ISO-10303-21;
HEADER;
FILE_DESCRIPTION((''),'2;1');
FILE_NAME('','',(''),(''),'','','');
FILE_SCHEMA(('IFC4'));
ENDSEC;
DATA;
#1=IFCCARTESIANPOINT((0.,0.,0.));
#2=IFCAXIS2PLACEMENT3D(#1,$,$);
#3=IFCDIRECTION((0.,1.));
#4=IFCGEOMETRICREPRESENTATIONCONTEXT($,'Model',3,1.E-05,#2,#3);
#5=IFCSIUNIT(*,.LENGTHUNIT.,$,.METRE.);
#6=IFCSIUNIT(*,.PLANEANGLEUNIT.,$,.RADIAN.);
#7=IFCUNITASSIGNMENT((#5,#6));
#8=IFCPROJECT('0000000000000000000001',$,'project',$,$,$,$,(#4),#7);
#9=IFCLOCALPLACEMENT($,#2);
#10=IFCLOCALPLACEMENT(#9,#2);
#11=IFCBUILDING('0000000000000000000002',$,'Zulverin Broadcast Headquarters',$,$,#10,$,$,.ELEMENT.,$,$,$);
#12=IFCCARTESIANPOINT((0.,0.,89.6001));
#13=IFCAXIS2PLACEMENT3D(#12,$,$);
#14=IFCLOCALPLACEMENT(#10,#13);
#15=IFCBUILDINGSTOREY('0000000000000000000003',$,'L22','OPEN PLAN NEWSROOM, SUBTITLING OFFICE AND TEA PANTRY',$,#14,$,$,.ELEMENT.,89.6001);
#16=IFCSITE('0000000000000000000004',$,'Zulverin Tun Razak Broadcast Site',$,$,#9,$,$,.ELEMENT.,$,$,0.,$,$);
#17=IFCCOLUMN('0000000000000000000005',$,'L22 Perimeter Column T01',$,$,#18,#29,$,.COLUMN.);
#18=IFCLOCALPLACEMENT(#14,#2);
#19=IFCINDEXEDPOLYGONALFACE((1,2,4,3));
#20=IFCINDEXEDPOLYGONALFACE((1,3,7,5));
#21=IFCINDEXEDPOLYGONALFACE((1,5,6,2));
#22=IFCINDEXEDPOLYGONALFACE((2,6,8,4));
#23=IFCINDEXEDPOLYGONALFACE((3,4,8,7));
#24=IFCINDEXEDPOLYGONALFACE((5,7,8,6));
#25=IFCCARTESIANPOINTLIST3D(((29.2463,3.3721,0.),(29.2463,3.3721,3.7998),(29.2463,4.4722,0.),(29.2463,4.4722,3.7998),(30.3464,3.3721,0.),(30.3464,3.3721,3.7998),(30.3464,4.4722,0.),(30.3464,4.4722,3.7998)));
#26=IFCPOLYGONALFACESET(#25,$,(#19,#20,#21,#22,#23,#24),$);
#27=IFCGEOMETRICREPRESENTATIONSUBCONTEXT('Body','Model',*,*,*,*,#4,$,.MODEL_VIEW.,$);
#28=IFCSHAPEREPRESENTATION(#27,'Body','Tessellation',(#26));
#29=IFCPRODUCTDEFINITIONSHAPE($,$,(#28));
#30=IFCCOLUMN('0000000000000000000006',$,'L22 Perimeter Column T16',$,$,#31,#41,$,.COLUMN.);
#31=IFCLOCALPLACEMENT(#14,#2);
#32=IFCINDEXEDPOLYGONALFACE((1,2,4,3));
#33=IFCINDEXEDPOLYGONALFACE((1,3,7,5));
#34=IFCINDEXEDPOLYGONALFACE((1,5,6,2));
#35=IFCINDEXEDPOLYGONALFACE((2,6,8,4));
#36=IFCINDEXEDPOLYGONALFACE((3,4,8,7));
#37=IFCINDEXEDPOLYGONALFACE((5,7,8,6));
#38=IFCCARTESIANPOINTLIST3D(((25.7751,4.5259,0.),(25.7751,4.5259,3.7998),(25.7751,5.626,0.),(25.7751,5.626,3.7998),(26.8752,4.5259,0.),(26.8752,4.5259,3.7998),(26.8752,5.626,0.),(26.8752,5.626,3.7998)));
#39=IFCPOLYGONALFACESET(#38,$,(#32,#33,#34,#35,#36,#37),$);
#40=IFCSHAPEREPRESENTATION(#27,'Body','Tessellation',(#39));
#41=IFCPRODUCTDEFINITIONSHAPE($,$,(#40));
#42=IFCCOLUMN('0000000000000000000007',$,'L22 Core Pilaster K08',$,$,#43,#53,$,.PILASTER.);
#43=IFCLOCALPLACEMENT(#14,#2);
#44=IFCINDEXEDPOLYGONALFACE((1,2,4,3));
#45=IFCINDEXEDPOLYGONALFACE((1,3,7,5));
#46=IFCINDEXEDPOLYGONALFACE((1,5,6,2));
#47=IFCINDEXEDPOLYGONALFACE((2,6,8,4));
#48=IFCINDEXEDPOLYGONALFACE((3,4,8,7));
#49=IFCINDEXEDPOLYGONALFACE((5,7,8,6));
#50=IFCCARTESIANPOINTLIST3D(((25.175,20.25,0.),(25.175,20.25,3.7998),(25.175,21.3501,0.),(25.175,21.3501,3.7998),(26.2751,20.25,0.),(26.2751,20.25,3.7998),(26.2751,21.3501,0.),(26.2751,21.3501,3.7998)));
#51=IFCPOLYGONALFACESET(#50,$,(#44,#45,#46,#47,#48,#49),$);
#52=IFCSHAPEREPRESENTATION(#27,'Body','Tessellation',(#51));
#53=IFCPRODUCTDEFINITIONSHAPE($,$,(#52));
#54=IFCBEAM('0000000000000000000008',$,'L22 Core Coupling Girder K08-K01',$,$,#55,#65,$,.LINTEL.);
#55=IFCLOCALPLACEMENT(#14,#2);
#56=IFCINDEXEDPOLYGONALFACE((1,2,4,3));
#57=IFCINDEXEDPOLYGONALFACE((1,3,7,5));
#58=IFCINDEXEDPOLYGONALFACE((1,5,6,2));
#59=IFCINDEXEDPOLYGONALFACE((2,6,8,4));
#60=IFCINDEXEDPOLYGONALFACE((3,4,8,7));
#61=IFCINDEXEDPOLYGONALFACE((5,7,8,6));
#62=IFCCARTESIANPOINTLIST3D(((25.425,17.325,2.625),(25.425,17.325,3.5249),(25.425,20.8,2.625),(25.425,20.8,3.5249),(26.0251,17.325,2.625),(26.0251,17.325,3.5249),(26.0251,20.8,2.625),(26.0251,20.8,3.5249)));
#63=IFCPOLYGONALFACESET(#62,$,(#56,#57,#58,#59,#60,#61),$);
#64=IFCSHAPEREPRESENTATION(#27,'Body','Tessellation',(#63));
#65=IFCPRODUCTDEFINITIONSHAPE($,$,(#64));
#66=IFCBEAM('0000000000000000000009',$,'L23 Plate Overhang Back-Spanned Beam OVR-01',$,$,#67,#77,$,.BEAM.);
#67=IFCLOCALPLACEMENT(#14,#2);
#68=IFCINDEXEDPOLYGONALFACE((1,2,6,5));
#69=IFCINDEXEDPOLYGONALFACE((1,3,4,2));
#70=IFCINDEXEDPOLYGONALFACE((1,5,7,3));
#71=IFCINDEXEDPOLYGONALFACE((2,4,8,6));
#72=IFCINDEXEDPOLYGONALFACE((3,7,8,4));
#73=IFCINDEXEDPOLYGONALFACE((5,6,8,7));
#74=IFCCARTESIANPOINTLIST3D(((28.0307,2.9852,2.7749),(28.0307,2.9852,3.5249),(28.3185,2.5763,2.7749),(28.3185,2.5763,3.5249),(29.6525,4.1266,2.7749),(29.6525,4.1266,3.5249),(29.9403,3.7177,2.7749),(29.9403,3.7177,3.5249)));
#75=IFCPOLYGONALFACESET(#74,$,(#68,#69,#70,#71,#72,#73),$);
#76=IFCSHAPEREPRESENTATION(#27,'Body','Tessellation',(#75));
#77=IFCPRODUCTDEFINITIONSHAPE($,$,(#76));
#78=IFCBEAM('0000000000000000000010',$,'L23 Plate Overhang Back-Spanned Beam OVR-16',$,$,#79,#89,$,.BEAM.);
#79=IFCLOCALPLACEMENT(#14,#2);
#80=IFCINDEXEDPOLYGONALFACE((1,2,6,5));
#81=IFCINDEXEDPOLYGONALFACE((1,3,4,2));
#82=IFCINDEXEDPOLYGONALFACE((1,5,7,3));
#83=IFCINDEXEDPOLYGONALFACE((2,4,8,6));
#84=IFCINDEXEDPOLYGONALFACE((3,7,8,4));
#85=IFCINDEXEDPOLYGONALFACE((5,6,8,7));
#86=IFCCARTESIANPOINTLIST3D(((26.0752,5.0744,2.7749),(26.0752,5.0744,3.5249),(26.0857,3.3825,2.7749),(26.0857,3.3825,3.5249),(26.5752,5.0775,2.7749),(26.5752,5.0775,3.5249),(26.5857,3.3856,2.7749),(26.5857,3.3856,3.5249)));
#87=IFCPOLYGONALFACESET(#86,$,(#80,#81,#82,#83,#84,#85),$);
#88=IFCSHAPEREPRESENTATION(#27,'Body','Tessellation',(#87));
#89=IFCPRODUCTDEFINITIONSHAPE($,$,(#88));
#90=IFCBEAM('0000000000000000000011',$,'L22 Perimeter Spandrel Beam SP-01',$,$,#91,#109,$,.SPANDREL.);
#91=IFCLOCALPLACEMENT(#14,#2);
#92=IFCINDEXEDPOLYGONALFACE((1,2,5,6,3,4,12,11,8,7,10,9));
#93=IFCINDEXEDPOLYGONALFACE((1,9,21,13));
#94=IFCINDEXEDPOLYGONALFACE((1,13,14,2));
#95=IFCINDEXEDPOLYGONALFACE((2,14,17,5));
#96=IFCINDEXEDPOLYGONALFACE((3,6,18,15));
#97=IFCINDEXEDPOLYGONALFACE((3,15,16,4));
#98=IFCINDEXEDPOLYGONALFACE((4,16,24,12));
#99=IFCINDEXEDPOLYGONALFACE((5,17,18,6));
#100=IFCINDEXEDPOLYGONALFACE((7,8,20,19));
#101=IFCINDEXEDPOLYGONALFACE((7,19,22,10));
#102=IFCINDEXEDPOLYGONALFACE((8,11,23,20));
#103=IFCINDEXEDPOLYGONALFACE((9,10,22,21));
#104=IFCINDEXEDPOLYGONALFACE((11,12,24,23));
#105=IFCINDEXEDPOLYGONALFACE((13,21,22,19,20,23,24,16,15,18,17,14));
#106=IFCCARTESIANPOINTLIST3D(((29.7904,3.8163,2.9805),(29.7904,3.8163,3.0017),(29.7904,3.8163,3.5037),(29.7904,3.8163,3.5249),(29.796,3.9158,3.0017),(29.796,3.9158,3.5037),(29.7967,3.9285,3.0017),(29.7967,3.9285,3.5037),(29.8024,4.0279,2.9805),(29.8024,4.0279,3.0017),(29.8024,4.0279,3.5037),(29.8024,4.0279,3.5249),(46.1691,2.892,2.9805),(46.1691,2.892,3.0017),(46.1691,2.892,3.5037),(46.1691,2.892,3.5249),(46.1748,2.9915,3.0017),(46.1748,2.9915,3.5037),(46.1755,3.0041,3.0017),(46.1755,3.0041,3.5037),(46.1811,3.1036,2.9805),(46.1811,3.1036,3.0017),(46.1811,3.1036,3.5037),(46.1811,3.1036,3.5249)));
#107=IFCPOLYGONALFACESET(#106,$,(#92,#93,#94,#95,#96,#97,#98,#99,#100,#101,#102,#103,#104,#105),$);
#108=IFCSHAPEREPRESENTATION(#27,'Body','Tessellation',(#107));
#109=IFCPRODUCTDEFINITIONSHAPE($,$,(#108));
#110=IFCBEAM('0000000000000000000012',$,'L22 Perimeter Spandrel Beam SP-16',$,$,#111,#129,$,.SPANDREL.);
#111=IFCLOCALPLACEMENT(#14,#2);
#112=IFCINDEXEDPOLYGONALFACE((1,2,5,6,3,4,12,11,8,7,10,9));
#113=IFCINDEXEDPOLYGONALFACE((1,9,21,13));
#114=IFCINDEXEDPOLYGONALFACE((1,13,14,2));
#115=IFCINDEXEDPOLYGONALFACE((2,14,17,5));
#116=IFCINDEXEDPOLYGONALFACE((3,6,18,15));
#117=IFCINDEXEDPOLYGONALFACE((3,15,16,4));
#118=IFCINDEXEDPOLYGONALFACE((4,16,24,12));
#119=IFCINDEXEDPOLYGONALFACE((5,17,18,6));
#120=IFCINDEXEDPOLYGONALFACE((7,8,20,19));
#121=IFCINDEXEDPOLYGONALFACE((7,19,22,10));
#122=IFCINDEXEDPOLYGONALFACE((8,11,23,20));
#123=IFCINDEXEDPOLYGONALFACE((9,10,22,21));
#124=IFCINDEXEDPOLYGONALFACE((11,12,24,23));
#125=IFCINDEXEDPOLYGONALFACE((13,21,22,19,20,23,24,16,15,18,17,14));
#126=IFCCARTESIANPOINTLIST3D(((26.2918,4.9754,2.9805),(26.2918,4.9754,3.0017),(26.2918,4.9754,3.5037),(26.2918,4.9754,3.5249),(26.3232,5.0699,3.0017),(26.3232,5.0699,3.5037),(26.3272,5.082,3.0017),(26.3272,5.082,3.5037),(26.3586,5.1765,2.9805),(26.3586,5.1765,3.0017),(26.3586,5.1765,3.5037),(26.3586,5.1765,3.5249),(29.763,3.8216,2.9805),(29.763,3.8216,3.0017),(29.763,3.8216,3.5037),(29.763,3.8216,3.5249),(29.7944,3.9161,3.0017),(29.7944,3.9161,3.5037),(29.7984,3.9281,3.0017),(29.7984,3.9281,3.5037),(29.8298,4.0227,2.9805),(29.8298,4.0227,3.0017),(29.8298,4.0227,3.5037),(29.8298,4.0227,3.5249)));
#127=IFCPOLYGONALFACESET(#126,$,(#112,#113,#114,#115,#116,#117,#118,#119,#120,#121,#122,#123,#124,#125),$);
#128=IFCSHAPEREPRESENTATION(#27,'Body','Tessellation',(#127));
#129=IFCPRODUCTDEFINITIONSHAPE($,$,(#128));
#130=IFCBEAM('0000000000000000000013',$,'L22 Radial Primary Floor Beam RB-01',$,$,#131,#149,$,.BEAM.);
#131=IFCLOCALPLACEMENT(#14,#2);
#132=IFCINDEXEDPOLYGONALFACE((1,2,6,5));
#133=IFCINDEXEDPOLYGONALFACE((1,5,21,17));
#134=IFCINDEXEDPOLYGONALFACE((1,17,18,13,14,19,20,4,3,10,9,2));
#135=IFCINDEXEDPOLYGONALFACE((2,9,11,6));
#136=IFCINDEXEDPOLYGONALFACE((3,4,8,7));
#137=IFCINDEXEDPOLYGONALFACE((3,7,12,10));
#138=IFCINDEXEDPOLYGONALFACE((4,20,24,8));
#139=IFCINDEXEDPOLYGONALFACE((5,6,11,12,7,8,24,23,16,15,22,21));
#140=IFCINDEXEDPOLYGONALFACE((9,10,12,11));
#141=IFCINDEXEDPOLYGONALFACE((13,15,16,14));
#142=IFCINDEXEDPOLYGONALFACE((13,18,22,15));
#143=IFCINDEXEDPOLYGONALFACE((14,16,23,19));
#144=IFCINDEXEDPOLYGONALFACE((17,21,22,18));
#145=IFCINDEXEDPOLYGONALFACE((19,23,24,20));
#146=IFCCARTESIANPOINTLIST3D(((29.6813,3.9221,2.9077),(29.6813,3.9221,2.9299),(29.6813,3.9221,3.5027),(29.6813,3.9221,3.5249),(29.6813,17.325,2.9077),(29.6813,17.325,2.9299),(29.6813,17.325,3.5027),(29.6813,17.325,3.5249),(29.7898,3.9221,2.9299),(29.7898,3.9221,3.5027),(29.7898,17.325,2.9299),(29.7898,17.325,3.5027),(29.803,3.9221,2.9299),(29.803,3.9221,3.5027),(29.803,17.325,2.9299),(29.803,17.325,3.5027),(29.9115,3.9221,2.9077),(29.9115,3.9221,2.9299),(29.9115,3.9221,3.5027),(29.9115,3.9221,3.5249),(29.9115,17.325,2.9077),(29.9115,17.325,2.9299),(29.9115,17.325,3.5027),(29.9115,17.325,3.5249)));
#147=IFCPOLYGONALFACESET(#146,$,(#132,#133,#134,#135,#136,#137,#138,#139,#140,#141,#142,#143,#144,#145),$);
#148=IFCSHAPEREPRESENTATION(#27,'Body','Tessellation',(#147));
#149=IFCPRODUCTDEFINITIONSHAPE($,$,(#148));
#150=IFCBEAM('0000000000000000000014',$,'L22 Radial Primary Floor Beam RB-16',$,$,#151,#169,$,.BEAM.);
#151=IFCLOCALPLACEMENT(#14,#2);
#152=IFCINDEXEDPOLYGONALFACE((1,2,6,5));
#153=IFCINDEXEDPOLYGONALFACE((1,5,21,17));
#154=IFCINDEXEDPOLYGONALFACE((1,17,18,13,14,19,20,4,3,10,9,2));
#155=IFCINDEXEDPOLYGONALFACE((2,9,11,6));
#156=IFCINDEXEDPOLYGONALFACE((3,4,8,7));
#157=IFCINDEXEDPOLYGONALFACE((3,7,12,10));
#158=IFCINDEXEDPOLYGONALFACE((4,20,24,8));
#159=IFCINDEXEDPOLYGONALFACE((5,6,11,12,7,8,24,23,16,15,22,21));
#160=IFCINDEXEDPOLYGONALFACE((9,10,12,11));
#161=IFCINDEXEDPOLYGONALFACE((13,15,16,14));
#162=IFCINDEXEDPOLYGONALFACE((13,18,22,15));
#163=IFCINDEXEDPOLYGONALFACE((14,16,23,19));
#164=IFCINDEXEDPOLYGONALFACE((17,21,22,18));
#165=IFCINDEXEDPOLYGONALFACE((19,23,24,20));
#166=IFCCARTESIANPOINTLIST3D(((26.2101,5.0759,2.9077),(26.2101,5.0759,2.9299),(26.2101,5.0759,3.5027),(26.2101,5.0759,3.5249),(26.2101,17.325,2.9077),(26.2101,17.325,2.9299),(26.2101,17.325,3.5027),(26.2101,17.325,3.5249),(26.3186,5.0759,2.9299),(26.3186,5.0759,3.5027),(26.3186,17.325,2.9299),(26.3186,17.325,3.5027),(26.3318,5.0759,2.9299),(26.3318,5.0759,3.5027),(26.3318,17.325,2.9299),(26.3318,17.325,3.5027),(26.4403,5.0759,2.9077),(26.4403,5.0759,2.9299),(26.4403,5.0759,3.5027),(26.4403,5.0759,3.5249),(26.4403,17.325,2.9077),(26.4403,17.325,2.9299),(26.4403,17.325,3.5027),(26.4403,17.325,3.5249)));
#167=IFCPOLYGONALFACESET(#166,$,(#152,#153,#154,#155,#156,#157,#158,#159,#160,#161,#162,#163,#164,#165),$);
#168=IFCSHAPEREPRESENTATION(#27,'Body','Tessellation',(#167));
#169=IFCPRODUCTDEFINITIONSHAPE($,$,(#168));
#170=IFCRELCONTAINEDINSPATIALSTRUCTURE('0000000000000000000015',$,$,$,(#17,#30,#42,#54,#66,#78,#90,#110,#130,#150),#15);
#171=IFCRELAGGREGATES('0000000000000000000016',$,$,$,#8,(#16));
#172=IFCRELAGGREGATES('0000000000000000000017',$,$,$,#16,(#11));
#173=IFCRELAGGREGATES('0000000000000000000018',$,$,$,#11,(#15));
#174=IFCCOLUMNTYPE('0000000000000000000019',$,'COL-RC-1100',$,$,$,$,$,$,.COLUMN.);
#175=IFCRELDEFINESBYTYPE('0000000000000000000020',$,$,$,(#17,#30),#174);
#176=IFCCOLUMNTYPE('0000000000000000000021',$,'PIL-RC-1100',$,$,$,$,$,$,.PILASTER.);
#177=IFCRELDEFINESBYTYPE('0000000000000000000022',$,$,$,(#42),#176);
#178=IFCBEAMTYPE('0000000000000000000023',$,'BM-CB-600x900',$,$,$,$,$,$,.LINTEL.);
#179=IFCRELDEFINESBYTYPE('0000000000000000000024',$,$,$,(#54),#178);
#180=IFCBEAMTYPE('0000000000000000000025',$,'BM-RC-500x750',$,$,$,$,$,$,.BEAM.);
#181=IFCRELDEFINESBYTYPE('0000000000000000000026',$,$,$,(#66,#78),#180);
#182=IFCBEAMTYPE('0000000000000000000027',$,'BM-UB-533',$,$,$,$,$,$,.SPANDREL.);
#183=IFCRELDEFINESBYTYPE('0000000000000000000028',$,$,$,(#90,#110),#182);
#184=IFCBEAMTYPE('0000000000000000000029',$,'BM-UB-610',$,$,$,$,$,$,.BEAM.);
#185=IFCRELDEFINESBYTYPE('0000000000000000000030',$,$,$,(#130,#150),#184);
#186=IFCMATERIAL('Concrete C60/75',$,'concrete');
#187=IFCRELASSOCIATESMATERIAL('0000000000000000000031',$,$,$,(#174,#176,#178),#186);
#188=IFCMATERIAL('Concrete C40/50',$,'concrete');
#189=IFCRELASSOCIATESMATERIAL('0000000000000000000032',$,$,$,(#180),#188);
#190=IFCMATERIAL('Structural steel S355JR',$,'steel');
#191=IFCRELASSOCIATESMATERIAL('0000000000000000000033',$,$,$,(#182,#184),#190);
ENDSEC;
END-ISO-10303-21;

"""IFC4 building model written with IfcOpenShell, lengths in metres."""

from ifc_helpers import new_model, si_unit, direction, frame, origin, origin_2d, place, context, subcontext, project, spatial, rectangle, i_section, extrude, material, material_profile, profile_set, type_object, element, save


model = new_model("IFC4")

# Units and contexts
model_context = context("Model", 3, precision=1e-05, world=origin(), true_north=direction((0.0, 1.0)))
body_context = subcontext(model_context, "Body", "Model", "MODEL_VIEW")
ifc_project = project(units=[si_unit("LENGTHUNIT", "METRE"), si_unit("PLANEANGLEUNIT", "RADIAN")], contexts=[model_context])

# Site, building, storey
site_placement = place(None, origin())
site = spatial("IfcSite", under=ifc_project, at=site_placement, Name="Zulverin Tun Razak Broadcast Site", CompositionType="ELEMENT", RefElevation=0.0)
building_placement = place(site_placement, origin())
building = spatial("IfcBuilding", under=site, at=building_placement, Name="Zulverin Broadcast Headquarters", CompositionType="ELEMENT")
storey_placement = place(building_placement, frame((0.0, 0.0, 89.6001)))
storey = spatial("IfcBuildingStorey", under=building, at=storey_placement, Name="L22", Description="OPEN PLAN NEWSROOM, SUBTITLING OFFICE AND TEA PANTRY", CompositionType="ELEMENT", Elevation=89.6001)

# Columns
ifc_material_1 = material(Name="Concrete C60/75", Category="concrete")
ifc_material_profile_1 = material_profile(ifc_material_1, rectangle(XDim=1.1001, YDim=1.1001, at=origin_2d()), Name="Concrete C60/75", Category="concrete")
ifc_profile_set_1 = profile_set([ifc_material_profile_1], Name="Concrete C60/75")
column_type_1 = type_object("IfcColumnType", Name="COL-RC-1100", PredefinedType="COLUMN", material=ifc_profile_set_1)
for number, where, z_axis, x_axis, name in (
    (1, (29.7964, 3.9221, 0.0), (0.0, 0.0, 1.0), (1.0, 0.0, 0.0), "L22 Perimeter Column T01"),
    (2, (26.3252, 5.0759, 0.0), (0.0, 0.0, 1.0), (1.0, 0.0, 0.0), "L22 Perimeter Column T16"),
):
    element("IfcColumn", number, at=place(storey_placement, frame(where, z_axis=z_axis, x_axis=x_axis)), inside=storey, type_object=column_type_1, Name=name, PredefinedType="COLUMN", context=body_context, shape_type="SweptSolid", body=[
        extrude(rectangle(XDim=1.1001, YDim=1.1001, at=origin_2d()), origin(), (0.0, 0.0, 1.0), 3.7998),
    ])
ifc_material_profile_2 = material_profile(ifc_material_1, rectangle(XDim=1.1001, YDim=1.1001, at=origin_2d()), Name="Concrete C60/75", Category="concrete")
ifc_profile_set_2 = profile_set([ifc_material_profile_2], Name="Concrete C60/75")
column_type_2 = type_object("IfcColumnType", Name="PIL-RC-1100", PredefinedType="PILASTER", material=ifc_profile_set_2)
column_placement = place(storey_placement, frame((25.7251, 20.8, 0.0), z_axis=(0.0, 0.0, 1.0), x_axis=(1.0, 0.0, 0.0)))
element("IfcColumn", 3, at=column_placement, inside=storey, type_object=column_type_2, Name="L22 Core Pilaster K08", PredefinedType="PILASTER", context=body_context, shape_type="SweptSolid", body=[
    extrude(rectangle(XDim=1.1001, YDim=1.1001, at=origin_2d()), origin(), (0.0, 0.0, 1.0), 3.7998),
])

# Beams
ifc_material_profile_3 = material_profile(ifc_material_1, rectangle(XDim=0.6001, YDim=0.8999, at=origin_2d()), Name="Concrete C60/75", Category="concrete")
ifc_profile_set_3 = profile_set([ifc_material_profile_3], Name="Concrete C60/75")
beam_type_1 = type_object("IfcBeamType", Name="BM-CB-600x900", PredefinedType="LINTEL", material=ifc_profile_set_3)
beam_1_placement = place(storey_placement, frame((25.7251, 20.8, 3.075), z_axis=(0.0, -1.0, 0.0), x_axis=(1.0, 0.0, 0.0)))
element("IfcBeam", 4, at=beam_1_placement, inside=storey, type_object=beam_type_1, Name="L22 Core Coupling Girder K08-K01", PredefinedType="LINTEL", context=body_context, shape_type="SweptSolid", body=[
    extrude(rectangle(XDim=0.6001, YDim=0.8999, at=origin_2d()), origin(), (0.0, 0.0, 1.0), 3.4751),
])
ifc_material_2 = material(Name="Concrete C40/50", Category="concrete")
ifc_material_profile_4 = material_profile(ifc_material_2, rectangle(XDim=0.5, YDim=0.75, at=origin_2d()), Name="Concrete C40/50", Category="concrete")
ifc_profile_set_4 = profile_set([ifc_material_profile_4], Name="Concrete C40/50")
beam_type_2 = type_object("IfcBeamType", Name="BM-RC-500x750", PredefinedType="BEAM", material=ifc_profile_set_4)
beam_2_placement = place(storey_placement, frame((29.7964, 3.9221, 3.1499), z_axis=(-0.817789, -0.575518, 0.0), x_axis=(0.575518, -0.817789, 0.0)))
element("IfcBeam", 5, at=beam_2_placement, inside=storey, type_object=beam_type_2, Name="L23 Plate Overhang Back-Spanned Beam OVR-01", PredefinedType="BEAM", context=body_context, shape_type="SweptSolid", body=[
    extrude(rectangle(XDim=0.5, YDim=0.75, at=origin_2d()), origin(), (0.0, 0.0, 1.0), 1.9832),
])
beam_3_placement = place(storey_placement, frame((26.3252, 5.0759, 3.1499), z_axis=(0.006205, -0.999981, 0.0), x_axis=(0.999981, 0.006205, 0.0)))
element("IfcBeam", 6, at=beam_3_placement, inside=storey, type_object=beam_type_2, Name="L23 Plate Overhang Back-Spanned Beam OVR-16", PredefinedType="BEAM", context=body_context, shape_type="SweptSolid", body=[
    extrude(rectangle(XDim=0.5, YDim=0.75, at=origin_2d()), origin(), (0.0, 0.0, 1.0), 1.6919),
])
ifc_material_3 = material(Name="Structural steel S355JR", Category="steel")
ifc_material_profile_5 = material_profile(ifc_material_3, i_section(OverallWidth=0.2119, OverallDepth=0.5444, WebThickness=0.0127, FlangeThickness=0.0212, at=origin_2d()), Name="Structural steel S355JR", Category="steel")
ifc_profile_set_5 = profile_set([ifc_material_profile_5], Name="Structural steel S355JR")
beam_type_3 = type_object("IfcBeamType", Name="BM-UB-533", PredefinedType="SPANDREL", material=ifc_profile_set_5)
beam_4_placement = place(storey_placement, frame((29.7964, 3.9221, 3.2527), z_axis=(0.998411, -0.056345, 0.0), x_axis=(0.056345, 0.998411, 0.0)))
element("IfcBeam", 7, at=beam_4_placement, inside=storey, type_object=beam_type_3, Name="L22 Perimeter Spandrel Beam SP-01", PredefinedType="SPANDREL", context=body_context, shape_type="SweptSolid", body=[
    extrude(i_section(OverallWidth=0.2119, OverallDepth=0.5444, WebThickness=0.0127, FlangeThickness=0.0212, at=origin_2d()), origin(), (0.0, 0.0, 1.0), 16.4048),
])
beam_5_placement = place(storey_placement, frame((26.3252, 5.0759, 3.2527), z_axis=(0.94895, -0.315427, 0.0), x_axis=(0.315427, 0.94895, 0.0)))
element("IfcBeam", 8, at=beam_5_placement, inside=storey, type_object=beam_type_3, Name="L22 Perimeter Spandrel Beam SP-16", PredefinedType="SPANDREL", context=body_context, shape_type="SweptSolid", body=[
    extrude(i_section(OverallWidth=0.2119, OverallDepth=0.5444, WebThickness=0.0127, FlangeThickness=0.0212, at=origin_2d()), origin(), (0.0, 0.0, 1.0), 3.658),
])
ifc_material_profile_6 = material_profile(ifc_material_3, i_section(OverallWidth=0.2302, OverallDepth=0.6172, WebThickness=0.0132, FlangeThickness=0.0222, at=origin_2d()), Name="Structural steel S355JR", Category="steel")
ifc_profile_set_6 = profile_set([ifc_material_profile_6], Name="Structural steel S355JR")
beam_type_4 = type_object("IfcBeamType", Name="BM-UB-610", PredefinedType="BEAM", material=ifc_profile_set_6)
beam_6_placement = place(storey_placement, frame((29.7964, 17.325, 3.2163), z_axis=(0.0, -1.0, 0.0), x_axis=(1.0, 0.0, 0.0)))
element("IfcBeam", 9, at=beam_6_placement, inside=storey, type_object=beam_type_4, Name="L22 Radial Primary Floor Beam RB-01", PredefinedType="BEAM", context=body_context, shape_type="SweptSolid", body=[
    extrude(i_section(OverallWidth=0.2302, OverallDepth=0.6172, WebThickness=0.0132, FlangeThickness=0.0222, at=origin_2d()), origin(), (0.0, 0.0, 1.0), 13.4028),
])
beam_7_placement = place(storey_placement, frame((26.3252, 17.325, 3.2163), z_axis=(0.0, -1.0, 0.0), x_axis=(1.0, 0.0, 0.0)))
element("IfcBeam", 10, at=beam_7_placement, inside=storey, type_object=beam_type_4, Name="L22 Radial Primary Floor Beam RB-16", PredefinedType="BEAM", context=body_context, shape_type="SweptSolid", body=[
    extrude(i_section(OverallWidth=0.2302, OverallDepth=0.6172, WebThickness=0.0132, FlangeThickness=0.0222, at=origin_2d()), origin(), (0.0, 0.0, 1.0), 12.249),
])

save(model, "model.ifc")
